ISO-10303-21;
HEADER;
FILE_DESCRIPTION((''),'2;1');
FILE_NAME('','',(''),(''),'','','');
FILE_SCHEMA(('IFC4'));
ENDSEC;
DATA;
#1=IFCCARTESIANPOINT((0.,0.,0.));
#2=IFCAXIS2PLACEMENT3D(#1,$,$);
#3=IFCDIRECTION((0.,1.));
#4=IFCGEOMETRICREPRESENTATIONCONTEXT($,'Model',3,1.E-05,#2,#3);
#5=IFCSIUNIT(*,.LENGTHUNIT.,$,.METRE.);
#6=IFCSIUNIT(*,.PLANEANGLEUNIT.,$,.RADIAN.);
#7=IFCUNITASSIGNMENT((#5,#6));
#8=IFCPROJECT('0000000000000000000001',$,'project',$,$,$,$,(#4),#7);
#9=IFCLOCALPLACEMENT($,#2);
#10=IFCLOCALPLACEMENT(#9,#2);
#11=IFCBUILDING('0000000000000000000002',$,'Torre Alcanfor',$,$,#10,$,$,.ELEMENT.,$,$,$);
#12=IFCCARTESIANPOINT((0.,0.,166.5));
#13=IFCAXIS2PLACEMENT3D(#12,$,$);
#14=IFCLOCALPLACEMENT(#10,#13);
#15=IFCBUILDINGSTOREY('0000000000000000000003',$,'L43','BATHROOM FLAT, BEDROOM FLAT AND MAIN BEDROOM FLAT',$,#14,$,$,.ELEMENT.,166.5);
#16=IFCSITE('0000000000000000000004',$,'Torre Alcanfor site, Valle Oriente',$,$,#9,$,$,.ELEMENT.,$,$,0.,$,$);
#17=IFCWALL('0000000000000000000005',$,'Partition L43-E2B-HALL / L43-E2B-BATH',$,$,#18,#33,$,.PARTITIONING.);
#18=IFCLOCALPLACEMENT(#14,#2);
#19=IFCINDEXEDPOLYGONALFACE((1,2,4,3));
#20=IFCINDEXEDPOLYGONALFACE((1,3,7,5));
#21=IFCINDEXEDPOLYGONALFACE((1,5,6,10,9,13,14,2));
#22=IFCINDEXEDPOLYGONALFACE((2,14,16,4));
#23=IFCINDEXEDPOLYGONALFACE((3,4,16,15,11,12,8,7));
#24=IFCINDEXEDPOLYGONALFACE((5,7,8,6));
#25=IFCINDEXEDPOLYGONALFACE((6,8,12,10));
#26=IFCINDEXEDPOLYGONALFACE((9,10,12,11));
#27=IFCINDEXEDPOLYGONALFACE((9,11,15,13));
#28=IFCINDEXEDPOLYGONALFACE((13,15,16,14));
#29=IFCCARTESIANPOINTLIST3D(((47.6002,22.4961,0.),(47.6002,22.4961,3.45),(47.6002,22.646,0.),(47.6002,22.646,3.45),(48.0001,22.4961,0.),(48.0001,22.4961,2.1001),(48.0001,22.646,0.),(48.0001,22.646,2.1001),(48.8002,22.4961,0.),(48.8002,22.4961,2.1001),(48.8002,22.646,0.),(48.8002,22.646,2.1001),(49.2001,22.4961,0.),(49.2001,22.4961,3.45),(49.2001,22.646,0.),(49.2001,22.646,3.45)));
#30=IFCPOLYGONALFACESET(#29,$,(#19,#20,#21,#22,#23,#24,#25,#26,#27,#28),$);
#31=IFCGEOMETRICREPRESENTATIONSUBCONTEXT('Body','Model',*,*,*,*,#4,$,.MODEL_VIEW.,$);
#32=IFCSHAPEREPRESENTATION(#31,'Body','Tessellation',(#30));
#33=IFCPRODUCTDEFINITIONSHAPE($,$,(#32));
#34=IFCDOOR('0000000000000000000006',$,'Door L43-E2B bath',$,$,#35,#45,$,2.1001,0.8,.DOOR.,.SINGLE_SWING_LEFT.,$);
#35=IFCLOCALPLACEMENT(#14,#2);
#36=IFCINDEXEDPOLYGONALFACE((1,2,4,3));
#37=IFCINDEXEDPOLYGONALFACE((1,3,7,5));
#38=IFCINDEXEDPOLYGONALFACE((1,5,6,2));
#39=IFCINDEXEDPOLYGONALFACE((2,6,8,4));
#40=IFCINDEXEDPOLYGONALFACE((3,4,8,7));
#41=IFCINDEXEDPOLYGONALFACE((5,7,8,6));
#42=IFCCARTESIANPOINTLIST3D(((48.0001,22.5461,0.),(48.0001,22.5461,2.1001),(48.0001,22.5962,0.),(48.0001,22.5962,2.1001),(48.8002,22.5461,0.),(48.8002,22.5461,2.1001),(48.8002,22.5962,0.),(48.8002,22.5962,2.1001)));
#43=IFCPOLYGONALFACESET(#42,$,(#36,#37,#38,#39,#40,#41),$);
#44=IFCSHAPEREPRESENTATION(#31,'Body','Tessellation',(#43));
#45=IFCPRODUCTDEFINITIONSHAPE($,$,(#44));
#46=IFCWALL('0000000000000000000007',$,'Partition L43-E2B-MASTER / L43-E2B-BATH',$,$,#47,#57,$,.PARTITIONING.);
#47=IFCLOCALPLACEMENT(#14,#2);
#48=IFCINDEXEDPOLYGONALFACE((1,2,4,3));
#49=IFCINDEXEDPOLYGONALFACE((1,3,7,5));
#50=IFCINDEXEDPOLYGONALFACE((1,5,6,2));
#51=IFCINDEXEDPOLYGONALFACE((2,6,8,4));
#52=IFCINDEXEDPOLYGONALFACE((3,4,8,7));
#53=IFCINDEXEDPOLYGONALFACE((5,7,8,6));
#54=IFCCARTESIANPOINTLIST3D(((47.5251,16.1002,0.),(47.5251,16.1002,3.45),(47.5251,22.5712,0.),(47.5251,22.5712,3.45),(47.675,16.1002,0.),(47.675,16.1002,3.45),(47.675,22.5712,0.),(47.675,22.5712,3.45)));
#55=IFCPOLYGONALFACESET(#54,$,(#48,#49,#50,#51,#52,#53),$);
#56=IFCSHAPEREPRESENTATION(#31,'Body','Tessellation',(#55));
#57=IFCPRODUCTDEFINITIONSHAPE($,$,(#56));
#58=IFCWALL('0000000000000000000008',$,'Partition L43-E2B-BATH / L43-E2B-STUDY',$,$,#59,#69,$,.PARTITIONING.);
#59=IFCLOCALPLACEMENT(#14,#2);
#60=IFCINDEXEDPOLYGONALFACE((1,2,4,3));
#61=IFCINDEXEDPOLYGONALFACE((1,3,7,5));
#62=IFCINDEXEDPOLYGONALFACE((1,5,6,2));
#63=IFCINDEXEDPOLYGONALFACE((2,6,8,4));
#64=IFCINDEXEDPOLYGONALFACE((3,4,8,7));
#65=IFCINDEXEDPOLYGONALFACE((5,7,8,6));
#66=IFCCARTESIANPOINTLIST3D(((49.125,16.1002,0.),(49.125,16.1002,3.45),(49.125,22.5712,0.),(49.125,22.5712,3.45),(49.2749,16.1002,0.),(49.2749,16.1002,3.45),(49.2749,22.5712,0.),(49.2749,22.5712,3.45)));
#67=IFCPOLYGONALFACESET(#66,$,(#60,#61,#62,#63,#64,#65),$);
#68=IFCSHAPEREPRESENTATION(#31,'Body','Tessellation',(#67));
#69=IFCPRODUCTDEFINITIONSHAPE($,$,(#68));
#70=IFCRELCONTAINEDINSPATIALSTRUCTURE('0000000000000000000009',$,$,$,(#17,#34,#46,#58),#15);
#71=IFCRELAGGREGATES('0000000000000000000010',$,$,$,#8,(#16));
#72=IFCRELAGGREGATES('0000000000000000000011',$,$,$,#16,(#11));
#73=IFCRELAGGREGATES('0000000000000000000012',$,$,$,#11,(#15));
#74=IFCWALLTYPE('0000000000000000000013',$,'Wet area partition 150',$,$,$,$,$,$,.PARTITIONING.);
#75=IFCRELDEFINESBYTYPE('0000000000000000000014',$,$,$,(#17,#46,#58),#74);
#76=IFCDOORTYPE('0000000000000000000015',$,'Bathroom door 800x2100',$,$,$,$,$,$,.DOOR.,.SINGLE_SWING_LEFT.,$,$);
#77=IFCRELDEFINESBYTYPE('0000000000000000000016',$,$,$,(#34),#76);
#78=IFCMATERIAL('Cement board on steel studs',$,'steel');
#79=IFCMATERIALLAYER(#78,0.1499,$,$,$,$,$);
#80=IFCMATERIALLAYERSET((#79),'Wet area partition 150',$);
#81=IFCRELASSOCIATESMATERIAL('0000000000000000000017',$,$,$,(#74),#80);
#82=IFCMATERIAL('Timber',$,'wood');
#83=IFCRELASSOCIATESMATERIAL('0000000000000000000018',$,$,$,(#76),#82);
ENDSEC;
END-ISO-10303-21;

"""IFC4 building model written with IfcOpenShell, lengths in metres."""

from ifc_helpers import new_model, si_unit, direction, frame, frame_2d, origin, place, context, subcontext, project, spatial, rectangle, extrude, material, layer, layer_set, type_object, element, fill, save


model = new_model("IFC4")

# Units and contexts
model_context = context("Model", 3, precision=1e-05, world=origin(), true_north=direction((0.0, 1.0)))
body_context = subcontext(model_context, "Body", "Model", "MODEL_VIEW")
ifc_project = project(units=[si_unit("LENGTHUNIT", "METRE"), si_unit("PLANEANGLEUNIT", "RADIAN")], contexts=[model_context])

# Site, building, storey
site_placement = place(None, origin())
site = spatial("IfcSite", under=ifc_project, at=site_placement, Name="Torre Alcanfor site, Valle Oriente", CompositionType="ELEMENT", RefElevation=0.0)
building_placement = place(site_placement, origin())
building = spatial("IfcBuilding", under=site, at=building_placement, Name="Torre Alcanfor", CompositionType="ELEMENT")
storey_placement = place(building_placement, frame((0.0, 0.0, 166.5)))
storey = spatial("IfcBuildingStorey", under=building, at=storey_placement, Name="L43", Description="BATHROOM FLAT, BEDROOM FLAT AND MAIN BEDROOM FLAT", CompositionType="ELEMENT", Elevation=166.5)

# Wall, opening, door
ifc_material_1 = material(Name="Cement board on steel studs", Category="steel")
ifc_layer_1 = layer(ifc_material_1, 0.1499)
ifc_layer_set_1 = layer_set([ifc_layer_1], Name="Wet area partition 150")
wall_type_1 = type_object("IfcWallType", Name="Wet area partition 150", PredefinedType="PARTITIONING", material=ifc_layer_set_1)
wall_1_placement = place(storey_placement, frame((49.2, 22.571, 0.0), z_axis=(0.0, 0.0, 1.0), x_axis=(-1.0, 0.0, 0.0)))
wall_1 = element("IfcWall", 1, at=wall_1_placement, inside=storey, type_object=wall_type_1, Name="Partition L43-E2B-HALL / L43-E2B-BATH", PredefinedType="PARTITIONING", context=body_context, shape_type="SweptSolid", body=[
    extrude(rectangle(XDim=1.5999, YDim=0.1499, at=frame_2d((0.7998, 0.0))), origin(), (0.0, 0.0, 1.0), 3.45),
])
opening_1_placement = place(wall_1_placement, frame((0.3999, 0.0, 0.0)))
opening_1 = element("IfcOpeningElement", 2, at=opening_1_placement, cuts=wall_1, PredefinedType="OPENING", context=body_context, shape_type="SweptSolid", body=[
    extrude(rectangle(XDim=0.8, YDim=2.1001, at=frame_2d((0.3999, 1.05))), frame((0.0, 0.085, 0.0), z_axis=(0.0, -1.0, 0.0), x_axis=(1.0, 0.0, 0.0)), (0.0, 0.0, 1.0), 0.1699),
])
ifc_material_2 = material(Name="Timber", Category="wood")
door_type_1 = type_object("IfcDoorType", Name="Bathroom door 800x2100", OperationType="SINGLE_SWING_LEFT", PredefinedType="DOOR", material=ifc_material_2)
door_1_placement = place(opening_1_placement, origin())
door_1 = element("IfcDoor", 3, at=door_1_placement, inside=storey, type_object=door_type_1, Name="Door L43-E2B bath", OperationType="SINGLE_SWING_LEFT", OverallHeight=2.1001, OverallWidth=0.8, PredefinedType="DOOR", context=body_context, shape_type="SweptSolid", body=[
    extrude(rectangle(XDim=0.8, YDim=2.1001, at=frame_2d((0.3999, 1.05))), frame((0.0, 0.0249, 0.0), z_axis=(0.0, -1.0, 0.0), x_axis=(1.0, 0.0, 0.0)), (0.0, 0.0, 1.0), 0.05),
])
fill(opening_1, door_1)

# Walls
for number, where, z_axis, x_axis, name in (
    (4, (47.6001, 22.571, 0.0), (0.0, 0.0, 1.0), (0.0, -1.0, 0.0), "Partition L43-E2B-MASTER / L43-E2B-BATH"),
    (5, (49.2, 22.571, 0.0), (0.0, 0.0, 1.0), (0.0, -1.0, 0.0), "Partition L43-E2B-BATH / L43-E2B-STUDY"),
):
    element("IfcWall", number, at=place(storey_placement, frame(where, z_axis=z_axis, x_axis=x_axis)), inside=storey, type_object=wall_type_1, Name=name, PredefinedType="PARTITIONING", context=body_context, shape_type="SweptSolid", body=[
        extrude(rectangle(XDim=6.4709, YDim=0.1499, at=frame_2d((3.2354, 0.0))), origin(), (0.0, 0.0, 1.0), 3.45),
    ])

save(model, "model.ifc")
